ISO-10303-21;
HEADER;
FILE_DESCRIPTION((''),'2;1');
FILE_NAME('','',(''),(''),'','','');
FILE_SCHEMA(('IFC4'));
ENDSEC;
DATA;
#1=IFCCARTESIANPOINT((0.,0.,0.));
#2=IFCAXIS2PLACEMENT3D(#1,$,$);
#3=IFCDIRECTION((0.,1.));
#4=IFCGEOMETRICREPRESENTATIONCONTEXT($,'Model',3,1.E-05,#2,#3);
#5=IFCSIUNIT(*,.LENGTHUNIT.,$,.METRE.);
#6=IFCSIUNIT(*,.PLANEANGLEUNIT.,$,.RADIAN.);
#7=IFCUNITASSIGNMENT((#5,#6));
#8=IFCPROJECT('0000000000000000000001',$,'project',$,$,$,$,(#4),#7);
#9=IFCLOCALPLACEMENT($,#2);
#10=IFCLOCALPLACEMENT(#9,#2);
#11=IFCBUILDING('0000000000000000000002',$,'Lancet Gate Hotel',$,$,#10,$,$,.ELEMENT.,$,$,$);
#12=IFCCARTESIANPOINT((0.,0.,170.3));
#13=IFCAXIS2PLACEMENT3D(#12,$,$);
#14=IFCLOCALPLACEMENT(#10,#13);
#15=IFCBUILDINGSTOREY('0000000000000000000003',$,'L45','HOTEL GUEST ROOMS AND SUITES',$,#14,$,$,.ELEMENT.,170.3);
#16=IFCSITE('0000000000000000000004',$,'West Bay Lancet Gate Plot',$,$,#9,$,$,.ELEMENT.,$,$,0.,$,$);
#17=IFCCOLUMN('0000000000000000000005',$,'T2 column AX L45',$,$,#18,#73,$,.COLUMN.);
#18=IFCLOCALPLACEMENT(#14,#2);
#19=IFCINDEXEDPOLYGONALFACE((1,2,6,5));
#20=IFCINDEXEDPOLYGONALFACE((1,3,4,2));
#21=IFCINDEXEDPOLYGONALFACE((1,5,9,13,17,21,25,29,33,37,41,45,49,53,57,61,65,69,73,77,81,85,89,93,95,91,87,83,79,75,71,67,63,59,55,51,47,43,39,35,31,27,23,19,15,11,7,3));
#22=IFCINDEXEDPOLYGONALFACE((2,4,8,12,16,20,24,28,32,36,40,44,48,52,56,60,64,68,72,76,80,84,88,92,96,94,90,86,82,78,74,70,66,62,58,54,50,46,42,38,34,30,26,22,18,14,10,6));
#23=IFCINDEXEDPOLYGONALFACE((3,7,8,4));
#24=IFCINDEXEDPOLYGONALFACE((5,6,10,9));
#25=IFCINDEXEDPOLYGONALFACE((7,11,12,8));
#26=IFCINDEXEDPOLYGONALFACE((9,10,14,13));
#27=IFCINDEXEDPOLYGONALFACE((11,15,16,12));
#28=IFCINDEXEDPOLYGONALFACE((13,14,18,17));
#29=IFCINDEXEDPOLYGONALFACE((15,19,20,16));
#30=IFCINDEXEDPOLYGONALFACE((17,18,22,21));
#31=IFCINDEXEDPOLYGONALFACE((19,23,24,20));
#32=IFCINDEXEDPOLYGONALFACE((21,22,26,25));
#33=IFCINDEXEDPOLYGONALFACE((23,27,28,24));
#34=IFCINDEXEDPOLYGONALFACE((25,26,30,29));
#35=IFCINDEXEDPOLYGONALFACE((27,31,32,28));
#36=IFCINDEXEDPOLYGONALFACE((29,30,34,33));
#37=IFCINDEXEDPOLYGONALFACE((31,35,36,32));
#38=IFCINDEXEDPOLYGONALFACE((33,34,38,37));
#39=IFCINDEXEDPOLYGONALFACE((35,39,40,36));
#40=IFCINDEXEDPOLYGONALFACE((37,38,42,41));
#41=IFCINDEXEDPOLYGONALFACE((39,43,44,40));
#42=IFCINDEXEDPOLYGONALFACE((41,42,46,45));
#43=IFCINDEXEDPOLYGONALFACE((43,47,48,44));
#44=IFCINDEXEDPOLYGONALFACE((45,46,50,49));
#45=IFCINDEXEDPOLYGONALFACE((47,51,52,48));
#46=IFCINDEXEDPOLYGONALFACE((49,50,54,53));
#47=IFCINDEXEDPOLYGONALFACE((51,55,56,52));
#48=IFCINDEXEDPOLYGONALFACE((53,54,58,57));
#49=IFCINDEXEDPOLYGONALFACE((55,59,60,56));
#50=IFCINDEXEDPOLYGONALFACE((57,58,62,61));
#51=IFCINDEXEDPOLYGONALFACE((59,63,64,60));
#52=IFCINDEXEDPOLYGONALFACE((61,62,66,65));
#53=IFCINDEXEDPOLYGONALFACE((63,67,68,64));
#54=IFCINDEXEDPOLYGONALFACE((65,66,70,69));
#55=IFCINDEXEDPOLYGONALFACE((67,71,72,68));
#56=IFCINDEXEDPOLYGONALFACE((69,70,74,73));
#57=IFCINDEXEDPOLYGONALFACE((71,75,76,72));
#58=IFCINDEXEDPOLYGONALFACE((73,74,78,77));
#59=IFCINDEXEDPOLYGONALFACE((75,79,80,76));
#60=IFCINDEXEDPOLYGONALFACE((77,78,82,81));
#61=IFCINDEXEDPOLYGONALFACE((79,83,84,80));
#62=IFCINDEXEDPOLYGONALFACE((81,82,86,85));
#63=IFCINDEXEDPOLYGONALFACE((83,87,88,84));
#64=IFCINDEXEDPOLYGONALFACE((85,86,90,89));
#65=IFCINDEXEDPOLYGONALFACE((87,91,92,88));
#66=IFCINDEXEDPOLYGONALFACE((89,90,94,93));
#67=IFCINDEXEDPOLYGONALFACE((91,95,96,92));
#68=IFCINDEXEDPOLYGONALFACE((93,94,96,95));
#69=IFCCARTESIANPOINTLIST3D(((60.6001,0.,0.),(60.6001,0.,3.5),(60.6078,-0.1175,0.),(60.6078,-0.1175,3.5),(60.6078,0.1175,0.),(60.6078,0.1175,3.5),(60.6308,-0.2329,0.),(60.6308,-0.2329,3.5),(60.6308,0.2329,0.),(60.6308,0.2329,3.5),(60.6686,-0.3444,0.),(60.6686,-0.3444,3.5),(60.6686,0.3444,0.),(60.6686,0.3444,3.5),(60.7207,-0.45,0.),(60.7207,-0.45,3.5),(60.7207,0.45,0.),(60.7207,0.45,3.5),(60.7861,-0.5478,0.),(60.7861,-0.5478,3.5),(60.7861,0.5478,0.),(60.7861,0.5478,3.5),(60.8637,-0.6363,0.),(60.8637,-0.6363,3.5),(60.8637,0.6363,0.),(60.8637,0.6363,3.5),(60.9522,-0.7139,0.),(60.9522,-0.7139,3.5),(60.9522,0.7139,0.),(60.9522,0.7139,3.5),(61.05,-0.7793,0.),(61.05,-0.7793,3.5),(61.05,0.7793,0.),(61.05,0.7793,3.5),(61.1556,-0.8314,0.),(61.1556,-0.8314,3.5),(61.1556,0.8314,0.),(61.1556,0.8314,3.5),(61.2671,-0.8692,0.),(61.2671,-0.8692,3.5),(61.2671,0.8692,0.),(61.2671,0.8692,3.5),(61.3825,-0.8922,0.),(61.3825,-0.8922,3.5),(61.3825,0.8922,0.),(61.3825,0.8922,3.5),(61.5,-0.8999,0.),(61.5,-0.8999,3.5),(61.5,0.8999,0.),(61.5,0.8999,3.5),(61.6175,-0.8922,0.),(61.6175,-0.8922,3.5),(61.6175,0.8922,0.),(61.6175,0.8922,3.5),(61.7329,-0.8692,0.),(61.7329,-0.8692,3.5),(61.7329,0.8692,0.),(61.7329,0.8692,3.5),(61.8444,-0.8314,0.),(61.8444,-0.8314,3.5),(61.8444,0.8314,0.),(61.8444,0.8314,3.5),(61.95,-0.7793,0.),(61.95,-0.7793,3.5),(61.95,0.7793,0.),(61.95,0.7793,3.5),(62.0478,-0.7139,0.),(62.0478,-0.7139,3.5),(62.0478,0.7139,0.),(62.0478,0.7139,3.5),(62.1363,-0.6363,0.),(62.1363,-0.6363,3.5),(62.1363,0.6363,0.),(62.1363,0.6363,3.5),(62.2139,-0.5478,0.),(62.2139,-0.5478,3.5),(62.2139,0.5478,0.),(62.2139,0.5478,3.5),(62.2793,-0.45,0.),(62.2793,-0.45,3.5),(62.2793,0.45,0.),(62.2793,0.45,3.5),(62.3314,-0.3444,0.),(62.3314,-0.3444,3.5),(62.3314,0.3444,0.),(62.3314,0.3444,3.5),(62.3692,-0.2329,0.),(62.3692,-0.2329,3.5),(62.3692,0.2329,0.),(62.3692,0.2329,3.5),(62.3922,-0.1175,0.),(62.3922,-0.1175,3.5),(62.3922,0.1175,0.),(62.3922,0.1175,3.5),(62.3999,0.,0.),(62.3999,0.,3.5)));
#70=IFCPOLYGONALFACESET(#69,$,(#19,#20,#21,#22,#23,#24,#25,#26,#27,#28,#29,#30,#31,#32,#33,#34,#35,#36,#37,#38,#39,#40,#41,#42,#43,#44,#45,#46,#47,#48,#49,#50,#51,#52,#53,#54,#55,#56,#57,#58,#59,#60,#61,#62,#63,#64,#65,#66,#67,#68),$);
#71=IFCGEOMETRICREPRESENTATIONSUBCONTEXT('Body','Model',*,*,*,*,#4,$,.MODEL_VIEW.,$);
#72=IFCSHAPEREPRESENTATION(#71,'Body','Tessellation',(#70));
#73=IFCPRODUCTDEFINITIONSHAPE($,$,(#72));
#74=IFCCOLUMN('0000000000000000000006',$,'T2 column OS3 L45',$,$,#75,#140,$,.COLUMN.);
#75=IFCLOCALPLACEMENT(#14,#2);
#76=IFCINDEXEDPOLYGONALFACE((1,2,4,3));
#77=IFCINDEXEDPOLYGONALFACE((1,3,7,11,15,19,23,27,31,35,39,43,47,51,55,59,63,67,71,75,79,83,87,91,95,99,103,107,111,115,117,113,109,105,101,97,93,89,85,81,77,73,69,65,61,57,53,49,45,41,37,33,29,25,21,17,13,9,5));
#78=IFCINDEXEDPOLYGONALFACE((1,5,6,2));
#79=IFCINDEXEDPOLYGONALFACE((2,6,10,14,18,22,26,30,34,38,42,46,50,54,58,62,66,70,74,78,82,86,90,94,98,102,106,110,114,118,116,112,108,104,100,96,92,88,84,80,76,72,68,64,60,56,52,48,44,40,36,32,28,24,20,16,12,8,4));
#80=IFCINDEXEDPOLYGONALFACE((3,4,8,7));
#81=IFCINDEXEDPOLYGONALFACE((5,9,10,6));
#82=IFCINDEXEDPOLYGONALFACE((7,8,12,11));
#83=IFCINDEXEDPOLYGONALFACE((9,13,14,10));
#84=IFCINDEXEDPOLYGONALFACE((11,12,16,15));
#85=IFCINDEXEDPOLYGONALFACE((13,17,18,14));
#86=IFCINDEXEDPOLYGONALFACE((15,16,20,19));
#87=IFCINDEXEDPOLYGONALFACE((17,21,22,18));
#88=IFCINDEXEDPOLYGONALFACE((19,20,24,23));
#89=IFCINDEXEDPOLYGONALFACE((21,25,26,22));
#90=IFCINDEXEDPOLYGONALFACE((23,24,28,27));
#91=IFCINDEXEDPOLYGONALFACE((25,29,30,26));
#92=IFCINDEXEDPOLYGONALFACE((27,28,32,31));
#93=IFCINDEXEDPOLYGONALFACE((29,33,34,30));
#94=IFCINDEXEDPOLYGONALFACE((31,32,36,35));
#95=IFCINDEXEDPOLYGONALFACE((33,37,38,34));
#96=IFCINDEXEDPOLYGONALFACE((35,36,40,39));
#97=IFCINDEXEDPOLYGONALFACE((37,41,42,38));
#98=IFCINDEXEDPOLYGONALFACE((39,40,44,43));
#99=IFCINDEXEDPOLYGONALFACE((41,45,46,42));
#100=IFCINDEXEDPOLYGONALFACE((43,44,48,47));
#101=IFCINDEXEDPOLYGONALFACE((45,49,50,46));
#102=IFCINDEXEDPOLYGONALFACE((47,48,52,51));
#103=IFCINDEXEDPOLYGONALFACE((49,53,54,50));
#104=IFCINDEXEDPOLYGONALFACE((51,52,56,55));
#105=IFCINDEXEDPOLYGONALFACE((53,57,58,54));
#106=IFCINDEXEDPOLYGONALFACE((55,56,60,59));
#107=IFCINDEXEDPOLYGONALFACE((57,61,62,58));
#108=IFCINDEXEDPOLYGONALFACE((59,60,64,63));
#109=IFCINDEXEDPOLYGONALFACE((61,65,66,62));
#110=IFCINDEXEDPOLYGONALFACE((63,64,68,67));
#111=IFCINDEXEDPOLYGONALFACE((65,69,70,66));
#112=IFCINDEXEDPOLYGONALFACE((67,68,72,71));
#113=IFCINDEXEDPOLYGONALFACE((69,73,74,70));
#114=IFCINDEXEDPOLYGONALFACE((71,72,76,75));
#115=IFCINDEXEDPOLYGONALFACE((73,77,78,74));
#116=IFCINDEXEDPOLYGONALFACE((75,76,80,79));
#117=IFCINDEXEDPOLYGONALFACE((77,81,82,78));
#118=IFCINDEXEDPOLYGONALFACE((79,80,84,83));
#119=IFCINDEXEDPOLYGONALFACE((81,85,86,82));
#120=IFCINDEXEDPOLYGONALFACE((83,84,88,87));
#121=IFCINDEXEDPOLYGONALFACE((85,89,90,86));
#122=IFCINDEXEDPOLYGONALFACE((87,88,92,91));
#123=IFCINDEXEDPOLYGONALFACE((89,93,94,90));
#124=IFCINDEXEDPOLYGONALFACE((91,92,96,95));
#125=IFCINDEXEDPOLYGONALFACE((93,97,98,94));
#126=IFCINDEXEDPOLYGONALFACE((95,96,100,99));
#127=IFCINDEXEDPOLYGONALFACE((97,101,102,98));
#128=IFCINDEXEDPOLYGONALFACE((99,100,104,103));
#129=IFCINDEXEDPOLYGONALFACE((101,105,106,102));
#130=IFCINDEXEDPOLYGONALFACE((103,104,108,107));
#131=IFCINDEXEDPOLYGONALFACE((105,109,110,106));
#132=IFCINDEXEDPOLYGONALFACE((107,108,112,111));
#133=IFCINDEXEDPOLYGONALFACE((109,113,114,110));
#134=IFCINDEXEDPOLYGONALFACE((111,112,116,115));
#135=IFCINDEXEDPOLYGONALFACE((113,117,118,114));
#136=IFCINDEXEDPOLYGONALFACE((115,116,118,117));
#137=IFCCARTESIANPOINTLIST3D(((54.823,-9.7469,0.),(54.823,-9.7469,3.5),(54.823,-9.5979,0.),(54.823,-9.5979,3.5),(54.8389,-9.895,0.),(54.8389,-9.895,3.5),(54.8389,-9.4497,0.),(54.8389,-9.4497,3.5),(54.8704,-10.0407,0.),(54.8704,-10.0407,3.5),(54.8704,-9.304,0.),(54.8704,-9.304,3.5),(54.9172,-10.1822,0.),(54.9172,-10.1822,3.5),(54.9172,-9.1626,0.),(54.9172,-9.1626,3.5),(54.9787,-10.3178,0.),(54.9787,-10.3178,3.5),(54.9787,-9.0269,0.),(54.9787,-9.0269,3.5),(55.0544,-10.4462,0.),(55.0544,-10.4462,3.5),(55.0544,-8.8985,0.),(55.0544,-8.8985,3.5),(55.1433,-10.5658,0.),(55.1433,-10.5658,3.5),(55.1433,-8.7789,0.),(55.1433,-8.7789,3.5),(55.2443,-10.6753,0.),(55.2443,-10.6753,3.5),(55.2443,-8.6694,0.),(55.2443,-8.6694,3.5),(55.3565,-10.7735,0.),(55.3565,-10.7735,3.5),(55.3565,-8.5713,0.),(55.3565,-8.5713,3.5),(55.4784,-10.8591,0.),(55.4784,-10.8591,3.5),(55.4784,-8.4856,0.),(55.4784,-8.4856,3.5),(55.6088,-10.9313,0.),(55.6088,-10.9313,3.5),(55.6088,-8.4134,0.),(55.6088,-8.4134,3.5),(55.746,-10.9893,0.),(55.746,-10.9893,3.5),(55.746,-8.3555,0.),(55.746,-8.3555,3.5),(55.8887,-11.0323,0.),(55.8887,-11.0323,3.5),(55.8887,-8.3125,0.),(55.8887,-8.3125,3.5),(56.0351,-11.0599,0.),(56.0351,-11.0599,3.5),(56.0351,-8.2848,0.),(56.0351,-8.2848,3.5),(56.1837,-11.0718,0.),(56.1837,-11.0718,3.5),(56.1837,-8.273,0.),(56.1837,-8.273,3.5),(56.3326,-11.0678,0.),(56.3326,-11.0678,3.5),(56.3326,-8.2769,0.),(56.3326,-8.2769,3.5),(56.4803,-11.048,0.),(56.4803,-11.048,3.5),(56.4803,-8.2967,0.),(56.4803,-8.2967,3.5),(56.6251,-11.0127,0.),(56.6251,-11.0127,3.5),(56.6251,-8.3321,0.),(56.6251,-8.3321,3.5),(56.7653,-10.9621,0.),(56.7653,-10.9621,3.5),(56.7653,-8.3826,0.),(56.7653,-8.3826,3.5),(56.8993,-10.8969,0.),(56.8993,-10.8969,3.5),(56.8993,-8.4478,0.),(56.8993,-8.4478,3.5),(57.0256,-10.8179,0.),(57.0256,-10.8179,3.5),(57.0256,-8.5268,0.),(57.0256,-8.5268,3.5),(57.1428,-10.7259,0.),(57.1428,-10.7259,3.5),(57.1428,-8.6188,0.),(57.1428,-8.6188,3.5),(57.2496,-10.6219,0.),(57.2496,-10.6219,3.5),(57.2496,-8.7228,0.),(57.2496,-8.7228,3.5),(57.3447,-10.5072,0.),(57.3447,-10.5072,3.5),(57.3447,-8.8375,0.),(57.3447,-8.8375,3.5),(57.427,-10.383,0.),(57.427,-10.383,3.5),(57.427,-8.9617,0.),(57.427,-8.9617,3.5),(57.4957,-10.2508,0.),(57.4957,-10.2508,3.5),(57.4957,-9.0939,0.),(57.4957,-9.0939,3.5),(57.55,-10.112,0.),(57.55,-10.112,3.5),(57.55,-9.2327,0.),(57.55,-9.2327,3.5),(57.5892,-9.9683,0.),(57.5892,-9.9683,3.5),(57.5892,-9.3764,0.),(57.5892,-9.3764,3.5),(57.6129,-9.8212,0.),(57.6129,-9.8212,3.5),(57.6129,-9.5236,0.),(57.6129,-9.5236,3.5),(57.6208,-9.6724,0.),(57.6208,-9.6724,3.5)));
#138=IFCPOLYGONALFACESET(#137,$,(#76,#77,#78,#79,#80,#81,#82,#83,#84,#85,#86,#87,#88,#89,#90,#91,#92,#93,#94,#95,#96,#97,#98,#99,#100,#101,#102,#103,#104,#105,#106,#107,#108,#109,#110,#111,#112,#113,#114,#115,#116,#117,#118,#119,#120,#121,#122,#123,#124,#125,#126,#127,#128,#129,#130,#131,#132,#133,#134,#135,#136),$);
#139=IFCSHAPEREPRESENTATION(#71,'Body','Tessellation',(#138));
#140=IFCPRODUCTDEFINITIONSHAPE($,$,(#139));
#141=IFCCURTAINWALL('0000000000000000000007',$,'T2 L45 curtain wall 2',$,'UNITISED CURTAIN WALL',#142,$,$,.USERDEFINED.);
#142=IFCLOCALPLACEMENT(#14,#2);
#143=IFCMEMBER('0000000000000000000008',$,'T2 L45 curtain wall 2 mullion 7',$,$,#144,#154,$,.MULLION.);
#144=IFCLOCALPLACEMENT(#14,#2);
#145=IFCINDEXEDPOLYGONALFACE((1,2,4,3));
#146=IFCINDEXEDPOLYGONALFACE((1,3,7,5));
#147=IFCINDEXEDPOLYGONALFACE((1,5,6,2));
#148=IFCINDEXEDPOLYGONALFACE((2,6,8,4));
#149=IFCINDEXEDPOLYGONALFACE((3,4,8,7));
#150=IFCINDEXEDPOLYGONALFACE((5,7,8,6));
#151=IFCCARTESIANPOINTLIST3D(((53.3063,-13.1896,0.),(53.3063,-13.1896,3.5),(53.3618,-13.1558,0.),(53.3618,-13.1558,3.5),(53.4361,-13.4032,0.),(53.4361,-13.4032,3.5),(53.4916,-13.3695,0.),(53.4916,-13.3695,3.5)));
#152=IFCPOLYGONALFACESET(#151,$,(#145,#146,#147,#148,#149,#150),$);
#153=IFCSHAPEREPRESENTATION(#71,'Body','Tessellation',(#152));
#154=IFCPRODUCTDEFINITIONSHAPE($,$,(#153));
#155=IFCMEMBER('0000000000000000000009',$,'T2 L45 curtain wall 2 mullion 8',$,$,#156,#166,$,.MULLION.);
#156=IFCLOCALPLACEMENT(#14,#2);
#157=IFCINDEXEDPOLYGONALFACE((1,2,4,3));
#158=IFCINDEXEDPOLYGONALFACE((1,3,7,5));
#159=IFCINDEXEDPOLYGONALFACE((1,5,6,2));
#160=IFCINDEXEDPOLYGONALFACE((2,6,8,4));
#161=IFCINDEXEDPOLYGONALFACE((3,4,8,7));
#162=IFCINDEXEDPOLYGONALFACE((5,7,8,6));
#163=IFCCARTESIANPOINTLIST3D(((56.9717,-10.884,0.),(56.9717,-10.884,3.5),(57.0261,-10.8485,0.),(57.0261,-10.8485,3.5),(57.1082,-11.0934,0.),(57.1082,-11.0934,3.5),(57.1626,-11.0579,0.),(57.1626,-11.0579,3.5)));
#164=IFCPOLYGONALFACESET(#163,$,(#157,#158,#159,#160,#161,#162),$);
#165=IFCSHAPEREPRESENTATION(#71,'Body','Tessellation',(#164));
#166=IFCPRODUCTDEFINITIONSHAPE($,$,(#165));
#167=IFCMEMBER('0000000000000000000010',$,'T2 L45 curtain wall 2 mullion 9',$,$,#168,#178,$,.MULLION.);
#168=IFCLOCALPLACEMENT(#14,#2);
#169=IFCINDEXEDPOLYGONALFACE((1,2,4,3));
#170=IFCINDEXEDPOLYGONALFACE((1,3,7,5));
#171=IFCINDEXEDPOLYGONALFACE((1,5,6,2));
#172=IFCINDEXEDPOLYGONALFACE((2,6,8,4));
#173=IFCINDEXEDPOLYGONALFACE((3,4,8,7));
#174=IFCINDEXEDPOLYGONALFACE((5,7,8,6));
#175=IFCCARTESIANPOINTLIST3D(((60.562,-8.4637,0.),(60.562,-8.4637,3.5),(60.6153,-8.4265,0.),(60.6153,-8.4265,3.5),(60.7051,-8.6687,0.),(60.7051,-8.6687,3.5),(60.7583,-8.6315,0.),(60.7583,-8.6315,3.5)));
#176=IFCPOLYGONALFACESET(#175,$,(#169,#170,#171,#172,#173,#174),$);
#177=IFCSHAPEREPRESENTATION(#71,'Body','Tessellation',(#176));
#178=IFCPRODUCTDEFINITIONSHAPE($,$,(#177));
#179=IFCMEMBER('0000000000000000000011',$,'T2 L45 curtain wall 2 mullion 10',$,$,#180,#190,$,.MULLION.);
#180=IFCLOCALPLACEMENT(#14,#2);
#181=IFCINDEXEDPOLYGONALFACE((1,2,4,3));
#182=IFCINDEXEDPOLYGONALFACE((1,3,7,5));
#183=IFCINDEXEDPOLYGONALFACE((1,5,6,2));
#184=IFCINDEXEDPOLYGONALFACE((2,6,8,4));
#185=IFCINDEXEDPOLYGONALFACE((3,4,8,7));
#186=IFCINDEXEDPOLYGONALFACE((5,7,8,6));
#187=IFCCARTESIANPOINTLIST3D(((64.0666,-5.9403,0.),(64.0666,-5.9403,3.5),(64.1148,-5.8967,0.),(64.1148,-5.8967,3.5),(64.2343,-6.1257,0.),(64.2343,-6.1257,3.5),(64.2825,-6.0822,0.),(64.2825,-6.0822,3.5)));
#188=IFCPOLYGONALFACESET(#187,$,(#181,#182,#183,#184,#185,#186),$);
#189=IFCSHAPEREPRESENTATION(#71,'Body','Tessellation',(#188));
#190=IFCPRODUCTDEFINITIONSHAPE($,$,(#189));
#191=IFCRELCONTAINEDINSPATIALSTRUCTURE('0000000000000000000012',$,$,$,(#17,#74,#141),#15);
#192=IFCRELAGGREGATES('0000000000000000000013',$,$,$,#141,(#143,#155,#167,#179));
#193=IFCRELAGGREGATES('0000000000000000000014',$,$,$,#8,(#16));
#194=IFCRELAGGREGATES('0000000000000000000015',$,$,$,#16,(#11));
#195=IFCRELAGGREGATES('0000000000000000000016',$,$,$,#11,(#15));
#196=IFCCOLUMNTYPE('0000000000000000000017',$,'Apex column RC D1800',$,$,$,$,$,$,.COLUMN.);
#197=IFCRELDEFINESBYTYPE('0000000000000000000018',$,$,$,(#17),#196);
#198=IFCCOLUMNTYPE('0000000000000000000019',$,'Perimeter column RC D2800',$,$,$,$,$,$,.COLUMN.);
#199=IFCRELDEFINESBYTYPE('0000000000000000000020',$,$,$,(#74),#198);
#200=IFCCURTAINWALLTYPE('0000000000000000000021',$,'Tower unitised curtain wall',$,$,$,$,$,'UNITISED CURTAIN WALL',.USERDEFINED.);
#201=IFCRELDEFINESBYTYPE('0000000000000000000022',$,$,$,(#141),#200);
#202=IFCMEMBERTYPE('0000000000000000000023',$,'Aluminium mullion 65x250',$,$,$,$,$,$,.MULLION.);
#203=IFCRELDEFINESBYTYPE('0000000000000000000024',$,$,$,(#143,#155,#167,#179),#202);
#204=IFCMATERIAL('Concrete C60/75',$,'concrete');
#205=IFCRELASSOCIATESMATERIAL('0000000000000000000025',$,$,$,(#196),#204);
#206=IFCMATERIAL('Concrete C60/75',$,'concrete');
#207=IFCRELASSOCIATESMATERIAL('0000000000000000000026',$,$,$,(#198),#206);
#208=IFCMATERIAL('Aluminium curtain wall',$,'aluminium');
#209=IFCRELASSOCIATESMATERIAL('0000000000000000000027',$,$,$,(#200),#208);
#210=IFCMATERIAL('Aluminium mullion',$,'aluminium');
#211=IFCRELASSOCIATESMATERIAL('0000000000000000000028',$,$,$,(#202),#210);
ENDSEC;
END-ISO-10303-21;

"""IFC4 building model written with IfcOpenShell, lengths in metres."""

from ifc_helpers import new_model, si_unit, direction, frame, origin, origin_2d, place, context, subcontext, project, spatial, rectangle, circle, extrude, material, material_profile, profile_set, type_object, element, aggregate, save


model = new_model("IFC4")

# Units and contexts
model_context = context("Model", 3, precision=1e-05, world=origin(), true_north=direction((0.0, 1.0)))
body_context = subcontext(model_context, "Body", "Model", "MODEL_VIEW")
ifc_project = project(units=[si_unit("LENGTHUNIT", "METRE"), si_unit("PLANEANGLEUNIT", "RADIAN")], contexts=[model_context])

# Site, building, storey
site_placement = place(None, origin())
site = spatial("IfcSite", under=ifc_project, at=site_placement, Name="West Bay Lancet Gate Plot", CompositionType="ELEMENT", RefElevation=0.0)
building_placement = place(site_placement, origin())
building = spatial("IfcBuilding", under=site, at=building_placement, Name="Lancet Gate Hotel", CompositionType="ELEMENT")
storey_placement = place(building_placement, frame((0.0, 0.0, 170.3)))
storey = spatial("IfcBuildingStorey", under=building, at=storey_placement, Name="L45", Description="HOTEL GUEST ROOMS AND SUITES", CompositionType="ELEMENT", Elevation=170.3)

# Columns
ifc_material_1 = material(Name="Concrete C60/75", Category="concrete")
ifc_material_profile_1 = material_profile(ifc_material_1, circle(Radius=0.8999, at=origin_2d()), Name="RC D1800")
ifc_profile_set_1 = profile_set([ifc_material_profile_1], Name="Concrete C60/75")
column_type_1 = type_object("IfcColumnType", Name="Apex column RC D1800", PredefinedType="COLUMN", material=ifc_profile_set_1)
column_1_placement = place(storey_placement, frame((61.5, 0.0, 0.0), z_axis=(0.0, 0.0, 1.0), x_axis=(1.0, 0.0, 0.0)))
element("IfcColumn", 1, at=column_1_placement, inside=storey, type_object=column_type_1, Name="T2 column AX L45", PredefinedType="COLUMN", context=body_context, shape_type="SweptSolid", body=[
    extrude(circle(Radius=0.8999, at=origin_2d()), origin(), (0.0, 0.0, 1.0), 3.5),
])
ifc_material_2 = material(Name="Concrete C60/75", Category="concrete")
ifc_material_profile_2 = material_profile(ifc_material_2, circle(Radius=1.3999, at=origin_2d()), Name="RC D2800")
ifc_profile_set_2 = profile_set([ifc_material_profile_2], Name="Concrete C60/75")
column_type_2 = type_object("IfcColumnType", Name="Perimeter column RC D2800", PredefinedType="COLUMN", material=ifc_profile_set_2)
column_2_placement = place(storey_placement, frame((56.2209, -9.6724, 0.0), z_axis=(0.0, 0.0, 1.0), x_axis=(1.0, 0.0, 0.0)))
element("IfcColumn", 2, at=column_2_placement, inside=storey, type_object=column_type_2, Name="T2 column OS3 L45", PredefinedType="COLUMN", context=body_context, shape_type="SweptSolid", body=[
    extrude(circle(Radius=1.3999, at=origin_2d()), origin(), (0.0, 0.0, 1.0), 3.5),
])

# Curtain wall, members
ifc_material_3 = material(Name="Aluminium curtain wall", Category="aluminium")
curtain_wall_type = type_object("IfcCurtainWallType", Name="Tower unitised curtain wall", ElementType="UNITISED CURTAIN WALL", PredefinedType="USERDEFINED", material=ifc_material_3)
curtain_wall_placement = place(storey_placement, origin())
curtain_wall = element("IfcCurtainWall", 3, at=curtain_wall_placement, inside=storey, type_object=curtain_wall_type, Name="T2 L45 curtain wall 2", ObjectType="UNITISED CURTAIN WALL", PredefinedType="USERDEFINED")
ifc_material_4 = material(Name="Aluminium mullion", Category="aluminium")
ifc_material_profile_3 = material_profile(ifc_material_4, rectangle(XDim=0.0649, YDim=0.25, at=origin_2d()), Name="MULLION 65x250")
ifc_profile_set_3 = profile_set([ifc_material_profile_3], Name="Aluminium mullion")
member_type_1 = type_object("IfcMemberType", Name="Aluminium mullion 65x250", PredefinedType="MULLION", material=ifc_profile_set_3)
member_1_placement = place(storey_placement, frame((53.3989, -13.2795, 0.0), z_axis=(0.0, 0.0, 1.0), x_axis=(0.854691, 0.519137, 0.0)))
member_1 = element("IfcMember", 4, at=member_1_placement, type_object=member_type_1, Name="T2 L45 curtain wall 2 mullion 7", PredefinedType="MULLION", context=body_context, shape_type="SweptSolid", body=[
    extrude(rectangle(XDim=0.0649, YDim=0.25, at=origin_2d()), origin(), (0.0, 0.0, 1.0), 3.5),
])
member_2_placement = place(storey_placement, frame((57.0671, -10.9709, 0.0), z_axis=(0.0, 0.0, 1.0), x_axis=(0.837801, 0.545976, 0.0)))
member_2 = element("IfcMember", 5, at=member_2_placement, type_object=member_type_1, Name="T2 L45 curtain wall 2 mullion 8", PredefinedType="MULLION", context=body_context, shape_type="SweptSolid", body=[
    extrude(rectangle(XDim=0.0649, YDim=0.25, at=origin_2d()), origin(), (0.0, 0.0, 1.0), 3.5),
])
member_3_placement = place(storey_placement, frame((60.6602, -8.5476, 0.0), z_axis=(0.0, 0.0, 1.0), x_axis=(0.820068, 0.572266, 0.0)))
member_3 = element("IfcMember", 6, at=member_3_placement, type_object=member_type_1, Name="T2 L45 curtain wall 2 mullion 9", PredefinedType="MULLION", context=body_context, shape_type="SweptSolid", body=[
    extrude(rectangle(XDim=0.0649, YDim=0.25, at=origin_2d()), origin(), (0.0, 0.0, 1.0), 3.5),
])
member_4_placement = place(storey_placement, frame((64.1746, -6.0112, 0.0), z_axis=(0.0, 0.0, 1.0), x_axis=(0.741693, 0.670739, 0.0)))
member_4 = element("IfcMember", 7, at=member_4_placement, type_object=member_type_1, Name="T2 L45 curtain wall 2 mullion 10", PredefinedType="MULLION", context=body_context, shape_type="SweptSolid", body=[
    extrude(rectangle(XDim=0.0649, YDim=0.25, at=origin_2d()), origin(), (0.0, 0.0, 1.0), 3.5),
])

aggregate(curtain_wall, [member_1, member_2, member_3, member_4])

save(model, "model.ifc")
